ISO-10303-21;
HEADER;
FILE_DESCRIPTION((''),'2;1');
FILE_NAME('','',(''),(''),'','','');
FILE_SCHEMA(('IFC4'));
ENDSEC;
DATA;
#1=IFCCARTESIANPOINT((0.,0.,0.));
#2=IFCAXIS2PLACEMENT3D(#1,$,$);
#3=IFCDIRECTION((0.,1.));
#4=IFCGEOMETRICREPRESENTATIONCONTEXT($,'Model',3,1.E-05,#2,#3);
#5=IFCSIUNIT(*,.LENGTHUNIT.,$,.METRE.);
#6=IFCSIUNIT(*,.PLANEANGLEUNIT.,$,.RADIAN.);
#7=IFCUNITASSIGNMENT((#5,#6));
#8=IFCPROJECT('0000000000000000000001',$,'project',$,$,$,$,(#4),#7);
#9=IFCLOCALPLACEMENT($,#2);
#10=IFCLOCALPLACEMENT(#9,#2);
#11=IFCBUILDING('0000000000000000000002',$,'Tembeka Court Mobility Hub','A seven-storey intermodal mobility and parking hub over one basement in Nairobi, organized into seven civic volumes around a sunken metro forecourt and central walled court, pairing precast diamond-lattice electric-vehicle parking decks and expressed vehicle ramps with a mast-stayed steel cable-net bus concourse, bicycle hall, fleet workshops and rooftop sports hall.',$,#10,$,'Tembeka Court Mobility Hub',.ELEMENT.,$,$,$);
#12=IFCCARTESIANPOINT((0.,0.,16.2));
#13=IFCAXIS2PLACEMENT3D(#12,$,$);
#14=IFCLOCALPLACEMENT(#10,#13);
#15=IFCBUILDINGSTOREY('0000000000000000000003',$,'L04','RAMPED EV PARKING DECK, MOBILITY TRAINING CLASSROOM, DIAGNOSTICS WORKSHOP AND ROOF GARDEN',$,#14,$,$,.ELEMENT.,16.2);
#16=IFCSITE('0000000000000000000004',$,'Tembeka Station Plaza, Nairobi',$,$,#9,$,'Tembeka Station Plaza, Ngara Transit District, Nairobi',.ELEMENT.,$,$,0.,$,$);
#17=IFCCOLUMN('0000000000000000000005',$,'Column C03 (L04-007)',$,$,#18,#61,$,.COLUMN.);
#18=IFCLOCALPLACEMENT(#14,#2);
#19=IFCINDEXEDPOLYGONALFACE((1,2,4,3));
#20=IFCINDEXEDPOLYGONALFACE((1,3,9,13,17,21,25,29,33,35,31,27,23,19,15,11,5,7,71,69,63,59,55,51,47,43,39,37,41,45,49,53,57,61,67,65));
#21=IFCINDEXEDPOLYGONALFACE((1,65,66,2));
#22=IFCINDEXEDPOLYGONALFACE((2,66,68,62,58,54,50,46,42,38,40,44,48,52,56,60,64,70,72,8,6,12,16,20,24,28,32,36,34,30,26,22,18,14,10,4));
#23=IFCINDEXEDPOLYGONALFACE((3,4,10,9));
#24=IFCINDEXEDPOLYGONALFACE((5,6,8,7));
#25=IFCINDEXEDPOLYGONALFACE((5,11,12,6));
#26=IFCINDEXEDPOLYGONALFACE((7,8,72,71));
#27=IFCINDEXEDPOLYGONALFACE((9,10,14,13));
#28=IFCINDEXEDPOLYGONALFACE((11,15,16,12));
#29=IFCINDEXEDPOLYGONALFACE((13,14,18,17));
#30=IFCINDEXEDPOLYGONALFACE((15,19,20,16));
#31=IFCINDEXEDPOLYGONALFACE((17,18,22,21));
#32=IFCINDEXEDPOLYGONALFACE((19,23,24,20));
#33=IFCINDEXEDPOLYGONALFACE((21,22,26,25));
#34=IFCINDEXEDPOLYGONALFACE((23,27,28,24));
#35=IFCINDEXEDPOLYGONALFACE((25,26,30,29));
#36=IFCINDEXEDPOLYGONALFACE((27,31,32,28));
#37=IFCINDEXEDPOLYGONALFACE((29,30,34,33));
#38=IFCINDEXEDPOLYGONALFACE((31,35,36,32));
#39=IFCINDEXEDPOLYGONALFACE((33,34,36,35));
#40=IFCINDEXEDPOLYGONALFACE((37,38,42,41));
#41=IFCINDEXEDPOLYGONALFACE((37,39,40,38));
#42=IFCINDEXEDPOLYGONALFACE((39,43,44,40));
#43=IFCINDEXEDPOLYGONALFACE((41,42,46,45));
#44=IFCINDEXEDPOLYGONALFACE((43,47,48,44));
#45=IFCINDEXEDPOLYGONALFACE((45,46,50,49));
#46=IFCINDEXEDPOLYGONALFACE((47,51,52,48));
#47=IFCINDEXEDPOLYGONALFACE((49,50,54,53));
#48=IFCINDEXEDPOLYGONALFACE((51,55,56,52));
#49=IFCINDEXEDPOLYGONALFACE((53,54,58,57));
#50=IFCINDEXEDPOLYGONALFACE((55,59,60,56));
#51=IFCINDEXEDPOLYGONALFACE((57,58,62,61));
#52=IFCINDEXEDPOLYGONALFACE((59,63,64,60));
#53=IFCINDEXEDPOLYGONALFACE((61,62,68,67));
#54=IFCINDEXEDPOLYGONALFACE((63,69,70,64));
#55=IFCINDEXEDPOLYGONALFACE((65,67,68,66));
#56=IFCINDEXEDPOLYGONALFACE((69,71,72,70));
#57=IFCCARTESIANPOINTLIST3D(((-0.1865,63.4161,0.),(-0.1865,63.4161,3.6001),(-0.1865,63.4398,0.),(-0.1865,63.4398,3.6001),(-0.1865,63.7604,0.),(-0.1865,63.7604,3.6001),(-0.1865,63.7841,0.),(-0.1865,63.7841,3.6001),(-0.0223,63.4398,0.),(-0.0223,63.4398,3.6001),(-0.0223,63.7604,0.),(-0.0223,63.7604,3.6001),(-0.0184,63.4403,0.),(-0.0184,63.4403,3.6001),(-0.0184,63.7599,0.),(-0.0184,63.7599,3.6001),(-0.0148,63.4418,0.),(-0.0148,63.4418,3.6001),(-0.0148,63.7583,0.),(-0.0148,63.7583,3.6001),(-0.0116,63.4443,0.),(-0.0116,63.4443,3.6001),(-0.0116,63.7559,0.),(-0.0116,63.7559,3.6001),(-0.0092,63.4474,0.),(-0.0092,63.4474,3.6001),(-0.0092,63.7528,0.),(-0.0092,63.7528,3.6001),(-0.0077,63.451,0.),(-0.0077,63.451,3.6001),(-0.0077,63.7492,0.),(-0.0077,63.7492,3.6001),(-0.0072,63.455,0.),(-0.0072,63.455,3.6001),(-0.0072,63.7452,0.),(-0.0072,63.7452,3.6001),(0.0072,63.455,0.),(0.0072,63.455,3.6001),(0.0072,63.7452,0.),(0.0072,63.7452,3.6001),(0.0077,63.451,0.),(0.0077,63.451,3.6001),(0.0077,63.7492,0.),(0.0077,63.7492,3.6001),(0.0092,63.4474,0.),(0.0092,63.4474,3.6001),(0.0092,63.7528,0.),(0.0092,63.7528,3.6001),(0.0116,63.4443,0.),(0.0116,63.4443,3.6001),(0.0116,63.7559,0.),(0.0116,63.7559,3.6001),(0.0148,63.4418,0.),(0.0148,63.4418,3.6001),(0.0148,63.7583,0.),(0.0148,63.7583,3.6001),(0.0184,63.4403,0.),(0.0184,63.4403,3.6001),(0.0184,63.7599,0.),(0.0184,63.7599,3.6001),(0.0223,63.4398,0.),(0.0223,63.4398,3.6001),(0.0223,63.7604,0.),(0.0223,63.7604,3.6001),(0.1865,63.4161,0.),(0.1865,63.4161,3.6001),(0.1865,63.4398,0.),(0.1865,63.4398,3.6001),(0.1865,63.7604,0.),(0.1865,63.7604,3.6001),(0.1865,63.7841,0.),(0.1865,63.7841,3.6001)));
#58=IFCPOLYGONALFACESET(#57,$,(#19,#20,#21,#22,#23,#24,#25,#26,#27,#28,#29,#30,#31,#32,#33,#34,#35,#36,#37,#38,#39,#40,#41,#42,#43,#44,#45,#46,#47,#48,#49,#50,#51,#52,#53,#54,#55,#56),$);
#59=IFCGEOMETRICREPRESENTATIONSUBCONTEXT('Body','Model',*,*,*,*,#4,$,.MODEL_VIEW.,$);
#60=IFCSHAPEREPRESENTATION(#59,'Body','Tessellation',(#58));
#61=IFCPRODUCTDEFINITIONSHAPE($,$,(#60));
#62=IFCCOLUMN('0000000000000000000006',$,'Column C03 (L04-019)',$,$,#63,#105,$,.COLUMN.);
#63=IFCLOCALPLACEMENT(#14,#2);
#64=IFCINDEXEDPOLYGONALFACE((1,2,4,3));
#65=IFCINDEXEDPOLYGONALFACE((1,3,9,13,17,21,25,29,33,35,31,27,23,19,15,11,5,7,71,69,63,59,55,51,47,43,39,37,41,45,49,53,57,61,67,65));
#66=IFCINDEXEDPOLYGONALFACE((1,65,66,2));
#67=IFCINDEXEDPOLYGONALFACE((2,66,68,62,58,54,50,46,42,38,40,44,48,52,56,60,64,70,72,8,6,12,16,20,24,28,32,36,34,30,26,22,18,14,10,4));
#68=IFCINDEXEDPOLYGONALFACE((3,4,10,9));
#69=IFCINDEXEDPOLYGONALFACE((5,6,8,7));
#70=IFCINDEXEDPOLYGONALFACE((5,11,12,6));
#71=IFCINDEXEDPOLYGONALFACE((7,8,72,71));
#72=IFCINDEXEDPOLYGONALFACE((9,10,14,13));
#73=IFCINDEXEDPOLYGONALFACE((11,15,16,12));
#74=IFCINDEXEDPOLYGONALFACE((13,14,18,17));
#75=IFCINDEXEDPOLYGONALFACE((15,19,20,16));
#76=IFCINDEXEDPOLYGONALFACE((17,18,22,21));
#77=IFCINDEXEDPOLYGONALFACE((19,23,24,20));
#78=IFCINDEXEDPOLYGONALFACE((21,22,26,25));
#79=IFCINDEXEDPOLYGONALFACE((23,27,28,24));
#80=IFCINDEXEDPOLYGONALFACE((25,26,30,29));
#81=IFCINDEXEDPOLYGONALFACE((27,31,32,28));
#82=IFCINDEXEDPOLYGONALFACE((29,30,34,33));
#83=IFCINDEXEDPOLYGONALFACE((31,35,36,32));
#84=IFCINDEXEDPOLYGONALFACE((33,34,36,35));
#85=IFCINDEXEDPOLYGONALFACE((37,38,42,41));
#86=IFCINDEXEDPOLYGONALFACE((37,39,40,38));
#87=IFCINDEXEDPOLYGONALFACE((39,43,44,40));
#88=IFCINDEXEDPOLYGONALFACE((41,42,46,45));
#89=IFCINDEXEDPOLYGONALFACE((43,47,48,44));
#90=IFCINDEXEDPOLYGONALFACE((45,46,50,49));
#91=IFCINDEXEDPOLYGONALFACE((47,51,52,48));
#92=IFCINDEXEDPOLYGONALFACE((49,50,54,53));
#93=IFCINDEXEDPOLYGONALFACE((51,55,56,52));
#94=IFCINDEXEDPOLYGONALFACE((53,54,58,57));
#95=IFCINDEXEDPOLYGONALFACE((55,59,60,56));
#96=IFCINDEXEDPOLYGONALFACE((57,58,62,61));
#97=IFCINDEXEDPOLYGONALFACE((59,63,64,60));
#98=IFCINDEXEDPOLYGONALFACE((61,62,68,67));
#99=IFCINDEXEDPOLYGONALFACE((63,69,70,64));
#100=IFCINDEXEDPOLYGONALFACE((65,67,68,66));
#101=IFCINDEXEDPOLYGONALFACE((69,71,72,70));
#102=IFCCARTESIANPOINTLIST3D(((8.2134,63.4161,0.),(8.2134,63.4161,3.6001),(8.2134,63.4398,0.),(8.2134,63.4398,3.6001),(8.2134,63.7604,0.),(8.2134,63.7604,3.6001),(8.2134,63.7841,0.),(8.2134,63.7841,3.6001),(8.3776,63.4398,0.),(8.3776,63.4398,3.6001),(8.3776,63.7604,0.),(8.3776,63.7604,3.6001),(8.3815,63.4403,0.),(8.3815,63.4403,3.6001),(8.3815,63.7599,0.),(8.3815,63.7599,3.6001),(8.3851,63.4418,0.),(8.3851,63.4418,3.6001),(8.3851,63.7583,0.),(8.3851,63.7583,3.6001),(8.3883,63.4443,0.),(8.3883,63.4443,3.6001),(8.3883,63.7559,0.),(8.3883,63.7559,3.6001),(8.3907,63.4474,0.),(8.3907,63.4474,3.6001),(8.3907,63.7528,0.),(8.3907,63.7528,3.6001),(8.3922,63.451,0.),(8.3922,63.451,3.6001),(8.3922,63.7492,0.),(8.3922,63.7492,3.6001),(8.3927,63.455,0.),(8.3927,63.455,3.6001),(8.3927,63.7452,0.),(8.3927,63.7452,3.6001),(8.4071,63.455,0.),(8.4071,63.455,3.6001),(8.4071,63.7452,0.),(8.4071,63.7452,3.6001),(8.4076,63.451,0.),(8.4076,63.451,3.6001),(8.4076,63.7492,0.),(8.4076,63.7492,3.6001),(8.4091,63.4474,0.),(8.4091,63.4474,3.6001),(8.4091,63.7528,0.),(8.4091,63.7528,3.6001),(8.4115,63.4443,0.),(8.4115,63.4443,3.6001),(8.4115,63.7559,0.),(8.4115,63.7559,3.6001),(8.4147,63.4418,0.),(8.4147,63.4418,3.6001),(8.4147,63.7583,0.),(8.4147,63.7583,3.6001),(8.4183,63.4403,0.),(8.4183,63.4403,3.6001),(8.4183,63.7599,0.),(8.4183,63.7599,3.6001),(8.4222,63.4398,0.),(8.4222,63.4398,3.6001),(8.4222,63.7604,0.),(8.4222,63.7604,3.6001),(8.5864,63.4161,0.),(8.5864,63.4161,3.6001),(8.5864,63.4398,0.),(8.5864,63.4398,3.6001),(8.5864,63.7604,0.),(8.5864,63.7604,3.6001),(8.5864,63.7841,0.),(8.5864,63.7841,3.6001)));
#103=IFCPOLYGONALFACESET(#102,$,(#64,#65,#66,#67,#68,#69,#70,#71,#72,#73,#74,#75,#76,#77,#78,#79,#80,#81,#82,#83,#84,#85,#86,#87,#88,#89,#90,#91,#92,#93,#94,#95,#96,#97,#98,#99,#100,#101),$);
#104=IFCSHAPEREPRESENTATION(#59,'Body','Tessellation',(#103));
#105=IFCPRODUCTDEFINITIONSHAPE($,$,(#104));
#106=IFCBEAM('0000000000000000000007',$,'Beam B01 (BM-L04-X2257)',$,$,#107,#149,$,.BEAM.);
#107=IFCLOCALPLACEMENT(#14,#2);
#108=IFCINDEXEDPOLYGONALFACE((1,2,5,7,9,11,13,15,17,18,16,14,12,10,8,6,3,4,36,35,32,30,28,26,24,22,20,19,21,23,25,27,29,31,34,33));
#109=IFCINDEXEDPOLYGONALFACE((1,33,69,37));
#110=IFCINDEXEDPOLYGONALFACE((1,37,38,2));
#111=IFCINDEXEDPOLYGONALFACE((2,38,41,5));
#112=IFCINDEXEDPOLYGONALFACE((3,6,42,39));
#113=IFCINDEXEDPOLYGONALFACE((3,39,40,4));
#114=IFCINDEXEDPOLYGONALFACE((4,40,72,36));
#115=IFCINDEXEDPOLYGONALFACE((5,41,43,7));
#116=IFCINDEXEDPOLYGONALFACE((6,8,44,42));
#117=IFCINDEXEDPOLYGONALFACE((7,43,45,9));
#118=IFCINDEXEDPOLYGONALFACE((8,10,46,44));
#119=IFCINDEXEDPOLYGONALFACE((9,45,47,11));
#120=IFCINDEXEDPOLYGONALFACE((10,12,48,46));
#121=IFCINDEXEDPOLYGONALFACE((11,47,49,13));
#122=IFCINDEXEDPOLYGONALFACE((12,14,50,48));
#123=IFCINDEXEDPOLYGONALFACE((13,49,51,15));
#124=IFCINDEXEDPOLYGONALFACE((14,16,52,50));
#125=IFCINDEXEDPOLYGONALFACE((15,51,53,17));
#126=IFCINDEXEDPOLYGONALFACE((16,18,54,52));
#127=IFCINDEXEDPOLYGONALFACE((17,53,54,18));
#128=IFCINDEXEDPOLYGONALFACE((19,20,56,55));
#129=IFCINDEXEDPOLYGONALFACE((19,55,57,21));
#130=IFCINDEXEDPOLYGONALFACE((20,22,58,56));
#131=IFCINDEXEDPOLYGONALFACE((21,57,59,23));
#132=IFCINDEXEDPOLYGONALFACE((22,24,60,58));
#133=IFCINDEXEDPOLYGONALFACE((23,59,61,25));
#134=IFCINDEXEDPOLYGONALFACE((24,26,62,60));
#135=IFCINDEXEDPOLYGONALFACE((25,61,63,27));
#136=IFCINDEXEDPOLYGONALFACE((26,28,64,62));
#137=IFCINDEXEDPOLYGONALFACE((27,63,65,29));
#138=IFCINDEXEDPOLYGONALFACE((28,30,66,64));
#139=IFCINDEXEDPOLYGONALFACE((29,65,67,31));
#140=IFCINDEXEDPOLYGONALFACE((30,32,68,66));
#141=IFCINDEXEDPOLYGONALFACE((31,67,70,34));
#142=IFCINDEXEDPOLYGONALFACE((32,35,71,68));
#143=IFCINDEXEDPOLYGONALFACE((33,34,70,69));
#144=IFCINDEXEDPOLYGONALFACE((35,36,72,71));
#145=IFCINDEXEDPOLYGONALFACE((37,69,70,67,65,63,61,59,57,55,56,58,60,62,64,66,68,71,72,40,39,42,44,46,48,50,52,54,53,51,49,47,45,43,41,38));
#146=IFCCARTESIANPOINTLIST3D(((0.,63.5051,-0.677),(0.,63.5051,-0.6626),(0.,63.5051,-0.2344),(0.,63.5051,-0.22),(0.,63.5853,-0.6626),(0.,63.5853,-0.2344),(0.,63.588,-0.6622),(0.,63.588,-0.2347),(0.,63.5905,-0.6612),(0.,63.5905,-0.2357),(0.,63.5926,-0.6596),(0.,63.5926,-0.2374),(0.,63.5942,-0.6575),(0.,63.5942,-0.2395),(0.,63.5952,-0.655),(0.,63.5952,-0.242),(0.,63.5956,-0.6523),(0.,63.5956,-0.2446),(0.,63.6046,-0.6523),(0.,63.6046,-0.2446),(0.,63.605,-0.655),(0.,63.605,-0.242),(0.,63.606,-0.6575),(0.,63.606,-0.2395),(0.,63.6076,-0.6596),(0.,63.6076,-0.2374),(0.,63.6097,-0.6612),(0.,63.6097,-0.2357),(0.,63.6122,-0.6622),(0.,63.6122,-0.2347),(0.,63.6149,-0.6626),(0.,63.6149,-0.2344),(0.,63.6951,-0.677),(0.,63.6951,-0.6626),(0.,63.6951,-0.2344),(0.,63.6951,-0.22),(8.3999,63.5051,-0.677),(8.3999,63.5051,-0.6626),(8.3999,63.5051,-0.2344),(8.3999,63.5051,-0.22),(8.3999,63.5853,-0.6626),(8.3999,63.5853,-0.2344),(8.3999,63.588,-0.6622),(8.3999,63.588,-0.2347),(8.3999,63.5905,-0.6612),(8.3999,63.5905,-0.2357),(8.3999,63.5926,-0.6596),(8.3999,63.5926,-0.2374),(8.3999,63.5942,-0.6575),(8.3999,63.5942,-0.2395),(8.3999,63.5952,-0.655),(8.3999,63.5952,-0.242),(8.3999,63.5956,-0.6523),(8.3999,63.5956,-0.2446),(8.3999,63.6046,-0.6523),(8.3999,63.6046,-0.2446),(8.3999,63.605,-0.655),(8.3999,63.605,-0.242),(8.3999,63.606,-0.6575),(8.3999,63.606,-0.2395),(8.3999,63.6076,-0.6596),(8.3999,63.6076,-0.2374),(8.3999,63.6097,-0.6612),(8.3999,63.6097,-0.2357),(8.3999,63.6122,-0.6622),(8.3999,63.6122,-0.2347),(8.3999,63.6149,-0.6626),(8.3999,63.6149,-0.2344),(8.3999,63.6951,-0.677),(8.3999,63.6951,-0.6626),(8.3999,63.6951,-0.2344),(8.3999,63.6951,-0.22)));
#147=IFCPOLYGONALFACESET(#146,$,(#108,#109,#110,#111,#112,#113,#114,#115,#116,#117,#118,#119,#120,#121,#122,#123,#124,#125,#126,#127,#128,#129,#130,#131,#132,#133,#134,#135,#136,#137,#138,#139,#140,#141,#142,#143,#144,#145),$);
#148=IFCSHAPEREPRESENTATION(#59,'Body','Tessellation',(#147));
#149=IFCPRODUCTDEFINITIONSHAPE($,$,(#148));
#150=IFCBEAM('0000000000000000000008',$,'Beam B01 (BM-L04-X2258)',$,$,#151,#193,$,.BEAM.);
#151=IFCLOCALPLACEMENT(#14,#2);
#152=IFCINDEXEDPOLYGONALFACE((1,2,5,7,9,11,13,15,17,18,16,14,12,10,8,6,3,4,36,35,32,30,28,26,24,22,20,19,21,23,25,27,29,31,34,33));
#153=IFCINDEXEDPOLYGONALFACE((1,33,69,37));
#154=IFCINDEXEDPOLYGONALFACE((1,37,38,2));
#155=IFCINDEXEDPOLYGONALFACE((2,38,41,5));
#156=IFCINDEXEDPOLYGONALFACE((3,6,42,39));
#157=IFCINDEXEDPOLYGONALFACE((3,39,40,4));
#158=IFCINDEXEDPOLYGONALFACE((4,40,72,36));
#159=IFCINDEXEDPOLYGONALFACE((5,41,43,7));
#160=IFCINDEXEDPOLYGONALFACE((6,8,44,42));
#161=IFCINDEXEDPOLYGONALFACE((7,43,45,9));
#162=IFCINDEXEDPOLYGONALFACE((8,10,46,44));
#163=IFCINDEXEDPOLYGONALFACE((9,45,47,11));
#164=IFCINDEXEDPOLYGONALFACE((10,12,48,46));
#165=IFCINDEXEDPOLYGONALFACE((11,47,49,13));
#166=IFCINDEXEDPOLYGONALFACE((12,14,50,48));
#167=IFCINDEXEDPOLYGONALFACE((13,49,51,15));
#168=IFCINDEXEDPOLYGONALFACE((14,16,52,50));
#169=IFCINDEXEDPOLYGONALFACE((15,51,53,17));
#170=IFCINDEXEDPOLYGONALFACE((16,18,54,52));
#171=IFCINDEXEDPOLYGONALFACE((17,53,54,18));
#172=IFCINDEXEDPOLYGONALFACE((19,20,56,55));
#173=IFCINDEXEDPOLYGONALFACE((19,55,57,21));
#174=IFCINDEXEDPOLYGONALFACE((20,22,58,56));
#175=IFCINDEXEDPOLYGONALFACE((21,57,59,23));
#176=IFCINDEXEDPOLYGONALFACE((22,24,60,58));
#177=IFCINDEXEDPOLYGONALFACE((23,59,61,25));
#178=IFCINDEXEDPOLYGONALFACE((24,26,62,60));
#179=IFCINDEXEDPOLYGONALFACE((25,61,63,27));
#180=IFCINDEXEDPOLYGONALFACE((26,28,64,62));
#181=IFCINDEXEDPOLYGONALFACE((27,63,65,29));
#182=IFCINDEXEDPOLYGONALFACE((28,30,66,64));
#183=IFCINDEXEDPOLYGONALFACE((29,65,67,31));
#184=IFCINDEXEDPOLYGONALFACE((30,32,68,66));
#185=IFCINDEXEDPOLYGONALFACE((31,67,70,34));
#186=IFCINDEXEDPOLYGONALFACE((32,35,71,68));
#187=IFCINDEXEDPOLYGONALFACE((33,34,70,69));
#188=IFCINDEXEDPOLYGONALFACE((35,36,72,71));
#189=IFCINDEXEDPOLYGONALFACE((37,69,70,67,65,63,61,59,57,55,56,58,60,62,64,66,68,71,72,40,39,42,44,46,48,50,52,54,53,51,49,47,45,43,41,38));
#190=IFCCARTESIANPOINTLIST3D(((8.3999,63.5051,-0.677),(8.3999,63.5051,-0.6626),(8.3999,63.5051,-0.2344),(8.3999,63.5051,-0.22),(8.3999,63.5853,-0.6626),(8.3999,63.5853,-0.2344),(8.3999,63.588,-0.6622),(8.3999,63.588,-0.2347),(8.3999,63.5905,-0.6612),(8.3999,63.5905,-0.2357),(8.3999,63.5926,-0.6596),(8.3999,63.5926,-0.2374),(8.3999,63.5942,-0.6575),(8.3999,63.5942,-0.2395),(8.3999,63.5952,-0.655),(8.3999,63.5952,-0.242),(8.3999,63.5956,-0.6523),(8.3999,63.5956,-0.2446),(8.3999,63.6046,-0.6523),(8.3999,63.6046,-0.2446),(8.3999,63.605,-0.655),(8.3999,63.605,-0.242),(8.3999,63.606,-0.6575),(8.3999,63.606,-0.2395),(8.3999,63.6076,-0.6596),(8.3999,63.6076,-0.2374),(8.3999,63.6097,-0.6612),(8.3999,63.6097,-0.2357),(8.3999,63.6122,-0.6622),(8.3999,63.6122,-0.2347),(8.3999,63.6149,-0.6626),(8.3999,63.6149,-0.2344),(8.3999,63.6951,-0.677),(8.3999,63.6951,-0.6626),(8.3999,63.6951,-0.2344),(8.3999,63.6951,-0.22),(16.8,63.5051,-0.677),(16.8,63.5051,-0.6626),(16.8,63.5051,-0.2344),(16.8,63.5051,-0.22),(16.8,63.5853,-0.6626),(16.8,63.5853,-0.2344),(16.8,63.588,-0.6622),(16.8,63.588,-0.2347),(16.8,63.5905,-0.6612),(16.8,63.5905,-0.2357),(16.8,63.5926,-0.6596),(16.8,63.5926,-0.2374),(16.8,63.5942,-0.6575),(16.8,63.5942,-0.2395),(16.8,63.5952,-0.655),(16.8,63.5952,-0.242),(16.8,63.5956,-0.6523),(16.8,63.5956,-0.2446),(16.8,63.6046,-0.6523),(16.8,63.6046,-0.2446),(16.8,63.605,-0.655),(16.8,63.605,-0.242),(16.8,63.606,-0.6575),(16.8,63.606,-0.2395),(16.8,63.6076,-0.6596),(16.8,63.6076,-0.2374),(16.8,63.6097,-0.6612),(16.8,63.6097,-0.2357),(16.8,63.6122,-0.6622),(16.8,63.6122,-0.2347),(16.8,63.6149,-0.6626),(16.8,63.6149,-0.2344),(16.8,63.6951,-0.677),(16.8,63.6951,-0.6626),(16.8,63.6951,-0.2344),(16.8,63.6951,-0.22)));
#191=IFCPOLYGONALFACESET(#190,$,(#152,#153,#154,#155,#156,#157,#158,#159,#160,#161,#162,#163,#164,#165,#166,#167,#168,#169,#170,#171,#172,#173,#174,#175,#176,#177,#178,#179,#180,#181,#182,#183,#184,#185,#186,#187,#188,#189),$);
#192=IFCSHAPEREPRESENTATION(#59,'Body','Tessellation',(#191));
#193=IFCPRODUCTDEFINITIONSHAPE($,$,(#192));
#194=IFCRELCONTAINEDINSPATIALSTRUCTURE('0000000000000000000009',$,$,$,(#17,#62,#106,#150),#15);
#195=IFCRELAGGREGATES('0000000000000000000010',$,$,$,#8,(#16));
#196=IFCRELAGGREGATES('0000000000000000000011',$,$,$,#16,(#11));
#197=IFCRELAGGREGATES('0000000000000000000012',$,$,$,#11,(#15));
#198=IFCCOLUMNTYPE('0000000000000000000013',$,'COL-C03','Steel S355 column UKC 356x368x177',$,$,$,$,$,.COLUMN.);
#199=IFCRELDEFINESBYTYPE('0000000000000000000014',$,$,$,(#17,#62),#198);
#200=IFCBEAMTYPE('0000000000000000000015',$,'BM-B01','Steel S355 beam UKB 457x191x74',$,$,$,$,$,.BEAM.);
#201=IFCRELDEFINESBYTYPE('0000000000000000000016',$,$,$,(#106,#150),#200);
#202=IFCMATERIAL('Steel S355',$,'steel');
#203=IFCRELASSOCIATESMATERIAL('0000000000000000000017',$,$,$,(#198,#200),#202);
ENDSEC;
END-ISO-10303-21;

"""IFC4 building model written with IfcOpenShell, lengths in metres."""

from ifc_helpers import new_model, si_unit, direction, frame, origin, origin_2d, place, context, subcontext, project, spatial, i_section, extrude, material, material_profile, profile_set, type_object, element, save


model = new_model("IFC4")

# Units and contexts
model_context = context("Model", 3, precision=1e-05, world=origin(), true_north=direction((0.0, 1.0)))
body_context = subcontext(model_context, "Body", "Model", "MODEL_VIEW")
ifc_project = project(units=[si_unit("LENGTHUNIT", "METRE"), si_unit("PLANEANGLEUNIT", "RADIAN")], contexts=[model_context])

# Site, building, storey
site_placement = place(None, origin())
site = spatial("IfcSite", under=ifc_project, at=site_placement, Name="Tembeka Station Plaza, Nairobi", LongName="Tembeka Station Plaza, Ngara Transit District, Nairobi", CompositionType="ELEMENT", RefElevation=0.0)
building_placement = place(site_placement, origin())
building = spatial("IfcBuilding", under=site, at=building_placement, Name="Tembeka Court Mobility Hub", Description="A seven-storey intermodal mobility and parking hub over one basement in Nairobi, organized into seven civic volumes around a sunken metro forecourt and central walled court, pairing precast diamond-lattice electric-vehicle parking decks and expressed vehicle ramps with a mast-stayed steel cable-net bus concourse, bicycle hall, fleet workshops and rooftop sports hall.", LongName="Tembeka Court Mobility Hub", CompositionType="ELEMENT")
storey_placement = place(building_placement, frame((0.0, 0.0, 16.2)))
storey = spatial("IfcBuildingStorey", under=building, at=storey_placement, Name="L04", Description="RAMPED EV PARKING DECK, MOBILITY TRAINING CLASSROOM, DIAGNOSTICS WORKSHOP AND ROOF GARDEN", CompositionType="ELEMENT", Elevation=16.2)

# Columns
ifc_material_1 = material(Name="Steel S355", Category="steel")
ifc_material_profile_1 = material_profile(ifc_material_1, i_section(OverallWidth=0.373, OverallDepth=0.3679, WebThickness=0.0144, FlangeThickness=0.0237, FilletRadius=0.0151, at=origin_2d()), Name="UKC 356x368x177")
ifc_profile_set_1 = profile_set([ifc_material_profile_1], Name="Steel S355")
column_type = type_object("IfcColumnType", Name="COL-C03", Description="Steel S355 column UKC 356x368x177", PredefinedType="COLUMN", material=ifc_profile_set_1)
for number, where, z_axis, x_axis, name in (
    (1, (0.0, 63.6001, 0.0), (0.0, 0.0, 1.0), (1.0, 0.0, 0.0), "Column C03 (L04-007)"),
    (2, (8.3999, 63.6001, 0.0), (0.0, 0.0, 1.0), (1.0, 0.0, 0.0), "Column C03 (L04-019)"),
):
    element("IfcColumn", number, at=place(storey_placement, frame(where, z_axis=z_axis, x_axis=x_axis)), inside=storey, type_object=column_type, Name=name, PredefinedType="COLUMN", context=body_context, shape_type="SweptSolid", body=[
        extrude(i_section(OverallWidth=0.373, OverallDepth=0.3679, WebThickness=0.0144, FlangeThickness=0.0237, FilletRadius=0.0151, at=origin_2d()), origin(), (0.0, 0.0, 1.0), 3.6001),
    ])

# Beams
ifc_material_profile_2 = material_profile(ifc_material_1, i_section(OverallWidth=0.1899, OverallDepth=0.457, WebThickness=0.009, FlangeThickness=0.0144, FilletRadius=0.0103, at=origin_2d()), Name="UKB 457x191x74")
ifc_profile_set_2 = profile_set([ifc_material_profile_2], Name="Steel S355")
beam_type_1 = type_object("IfcBeamType", Name="BM-B01", Description="Steel S355 beam UKB 457x191x74", PredefinedType="BEAM", material=ifc_profile_set_2)
beam_1_placement = place(storey_placement, frame((0.0, 63.6001, -0.4485), z_axis=(1.0, 0.0, 0.0), x_axis=(0.0, 1.0, 0.0)))
element("IfcBeam", 3, at=beam_1_placement, inside=storey, type_object=beam_type_1, Name="Beam B01 (BM-L04-X2257)", PredefinedType="BEAM", context=body_context, shape_type="SweptSolid", body=[
    extrude(i_section(OverallWidth=0.1899, OverallDepth=0.457, WebThickness=0.009, FlangeThickness=0.0144, FilletRadius=0.0103, at=origin_2d()), origin(), (0.0, 0.0, 1.0), 8.3999),
])
beam_2_placement = place(storey_placement, frame((8.3999, 63.6001, -0.4485), z_axis=(1.0, 0.0, 0.0), x_axis=(0.0, 1.0, 0.0)))
element("IfcBeam", 4, at=beam_2_placement, inside=storey, type_object=beam_type_1, Name="Beam B01 (BM-L04-X2258)", PredefinedType="BEAM", context=body_context, shape_type="SweptSolid", body=[
    extrude(i_section(OverallWidth=0.1899, OverallDepth=0.457, WebThickness=0.009, FlangeThickness=0.0144, FilletRadius=0.0103, at=origin_2d()), origin(), (0.0, 0.0, 1.0), 8.4001),
])

save(model, "model.ifc")
